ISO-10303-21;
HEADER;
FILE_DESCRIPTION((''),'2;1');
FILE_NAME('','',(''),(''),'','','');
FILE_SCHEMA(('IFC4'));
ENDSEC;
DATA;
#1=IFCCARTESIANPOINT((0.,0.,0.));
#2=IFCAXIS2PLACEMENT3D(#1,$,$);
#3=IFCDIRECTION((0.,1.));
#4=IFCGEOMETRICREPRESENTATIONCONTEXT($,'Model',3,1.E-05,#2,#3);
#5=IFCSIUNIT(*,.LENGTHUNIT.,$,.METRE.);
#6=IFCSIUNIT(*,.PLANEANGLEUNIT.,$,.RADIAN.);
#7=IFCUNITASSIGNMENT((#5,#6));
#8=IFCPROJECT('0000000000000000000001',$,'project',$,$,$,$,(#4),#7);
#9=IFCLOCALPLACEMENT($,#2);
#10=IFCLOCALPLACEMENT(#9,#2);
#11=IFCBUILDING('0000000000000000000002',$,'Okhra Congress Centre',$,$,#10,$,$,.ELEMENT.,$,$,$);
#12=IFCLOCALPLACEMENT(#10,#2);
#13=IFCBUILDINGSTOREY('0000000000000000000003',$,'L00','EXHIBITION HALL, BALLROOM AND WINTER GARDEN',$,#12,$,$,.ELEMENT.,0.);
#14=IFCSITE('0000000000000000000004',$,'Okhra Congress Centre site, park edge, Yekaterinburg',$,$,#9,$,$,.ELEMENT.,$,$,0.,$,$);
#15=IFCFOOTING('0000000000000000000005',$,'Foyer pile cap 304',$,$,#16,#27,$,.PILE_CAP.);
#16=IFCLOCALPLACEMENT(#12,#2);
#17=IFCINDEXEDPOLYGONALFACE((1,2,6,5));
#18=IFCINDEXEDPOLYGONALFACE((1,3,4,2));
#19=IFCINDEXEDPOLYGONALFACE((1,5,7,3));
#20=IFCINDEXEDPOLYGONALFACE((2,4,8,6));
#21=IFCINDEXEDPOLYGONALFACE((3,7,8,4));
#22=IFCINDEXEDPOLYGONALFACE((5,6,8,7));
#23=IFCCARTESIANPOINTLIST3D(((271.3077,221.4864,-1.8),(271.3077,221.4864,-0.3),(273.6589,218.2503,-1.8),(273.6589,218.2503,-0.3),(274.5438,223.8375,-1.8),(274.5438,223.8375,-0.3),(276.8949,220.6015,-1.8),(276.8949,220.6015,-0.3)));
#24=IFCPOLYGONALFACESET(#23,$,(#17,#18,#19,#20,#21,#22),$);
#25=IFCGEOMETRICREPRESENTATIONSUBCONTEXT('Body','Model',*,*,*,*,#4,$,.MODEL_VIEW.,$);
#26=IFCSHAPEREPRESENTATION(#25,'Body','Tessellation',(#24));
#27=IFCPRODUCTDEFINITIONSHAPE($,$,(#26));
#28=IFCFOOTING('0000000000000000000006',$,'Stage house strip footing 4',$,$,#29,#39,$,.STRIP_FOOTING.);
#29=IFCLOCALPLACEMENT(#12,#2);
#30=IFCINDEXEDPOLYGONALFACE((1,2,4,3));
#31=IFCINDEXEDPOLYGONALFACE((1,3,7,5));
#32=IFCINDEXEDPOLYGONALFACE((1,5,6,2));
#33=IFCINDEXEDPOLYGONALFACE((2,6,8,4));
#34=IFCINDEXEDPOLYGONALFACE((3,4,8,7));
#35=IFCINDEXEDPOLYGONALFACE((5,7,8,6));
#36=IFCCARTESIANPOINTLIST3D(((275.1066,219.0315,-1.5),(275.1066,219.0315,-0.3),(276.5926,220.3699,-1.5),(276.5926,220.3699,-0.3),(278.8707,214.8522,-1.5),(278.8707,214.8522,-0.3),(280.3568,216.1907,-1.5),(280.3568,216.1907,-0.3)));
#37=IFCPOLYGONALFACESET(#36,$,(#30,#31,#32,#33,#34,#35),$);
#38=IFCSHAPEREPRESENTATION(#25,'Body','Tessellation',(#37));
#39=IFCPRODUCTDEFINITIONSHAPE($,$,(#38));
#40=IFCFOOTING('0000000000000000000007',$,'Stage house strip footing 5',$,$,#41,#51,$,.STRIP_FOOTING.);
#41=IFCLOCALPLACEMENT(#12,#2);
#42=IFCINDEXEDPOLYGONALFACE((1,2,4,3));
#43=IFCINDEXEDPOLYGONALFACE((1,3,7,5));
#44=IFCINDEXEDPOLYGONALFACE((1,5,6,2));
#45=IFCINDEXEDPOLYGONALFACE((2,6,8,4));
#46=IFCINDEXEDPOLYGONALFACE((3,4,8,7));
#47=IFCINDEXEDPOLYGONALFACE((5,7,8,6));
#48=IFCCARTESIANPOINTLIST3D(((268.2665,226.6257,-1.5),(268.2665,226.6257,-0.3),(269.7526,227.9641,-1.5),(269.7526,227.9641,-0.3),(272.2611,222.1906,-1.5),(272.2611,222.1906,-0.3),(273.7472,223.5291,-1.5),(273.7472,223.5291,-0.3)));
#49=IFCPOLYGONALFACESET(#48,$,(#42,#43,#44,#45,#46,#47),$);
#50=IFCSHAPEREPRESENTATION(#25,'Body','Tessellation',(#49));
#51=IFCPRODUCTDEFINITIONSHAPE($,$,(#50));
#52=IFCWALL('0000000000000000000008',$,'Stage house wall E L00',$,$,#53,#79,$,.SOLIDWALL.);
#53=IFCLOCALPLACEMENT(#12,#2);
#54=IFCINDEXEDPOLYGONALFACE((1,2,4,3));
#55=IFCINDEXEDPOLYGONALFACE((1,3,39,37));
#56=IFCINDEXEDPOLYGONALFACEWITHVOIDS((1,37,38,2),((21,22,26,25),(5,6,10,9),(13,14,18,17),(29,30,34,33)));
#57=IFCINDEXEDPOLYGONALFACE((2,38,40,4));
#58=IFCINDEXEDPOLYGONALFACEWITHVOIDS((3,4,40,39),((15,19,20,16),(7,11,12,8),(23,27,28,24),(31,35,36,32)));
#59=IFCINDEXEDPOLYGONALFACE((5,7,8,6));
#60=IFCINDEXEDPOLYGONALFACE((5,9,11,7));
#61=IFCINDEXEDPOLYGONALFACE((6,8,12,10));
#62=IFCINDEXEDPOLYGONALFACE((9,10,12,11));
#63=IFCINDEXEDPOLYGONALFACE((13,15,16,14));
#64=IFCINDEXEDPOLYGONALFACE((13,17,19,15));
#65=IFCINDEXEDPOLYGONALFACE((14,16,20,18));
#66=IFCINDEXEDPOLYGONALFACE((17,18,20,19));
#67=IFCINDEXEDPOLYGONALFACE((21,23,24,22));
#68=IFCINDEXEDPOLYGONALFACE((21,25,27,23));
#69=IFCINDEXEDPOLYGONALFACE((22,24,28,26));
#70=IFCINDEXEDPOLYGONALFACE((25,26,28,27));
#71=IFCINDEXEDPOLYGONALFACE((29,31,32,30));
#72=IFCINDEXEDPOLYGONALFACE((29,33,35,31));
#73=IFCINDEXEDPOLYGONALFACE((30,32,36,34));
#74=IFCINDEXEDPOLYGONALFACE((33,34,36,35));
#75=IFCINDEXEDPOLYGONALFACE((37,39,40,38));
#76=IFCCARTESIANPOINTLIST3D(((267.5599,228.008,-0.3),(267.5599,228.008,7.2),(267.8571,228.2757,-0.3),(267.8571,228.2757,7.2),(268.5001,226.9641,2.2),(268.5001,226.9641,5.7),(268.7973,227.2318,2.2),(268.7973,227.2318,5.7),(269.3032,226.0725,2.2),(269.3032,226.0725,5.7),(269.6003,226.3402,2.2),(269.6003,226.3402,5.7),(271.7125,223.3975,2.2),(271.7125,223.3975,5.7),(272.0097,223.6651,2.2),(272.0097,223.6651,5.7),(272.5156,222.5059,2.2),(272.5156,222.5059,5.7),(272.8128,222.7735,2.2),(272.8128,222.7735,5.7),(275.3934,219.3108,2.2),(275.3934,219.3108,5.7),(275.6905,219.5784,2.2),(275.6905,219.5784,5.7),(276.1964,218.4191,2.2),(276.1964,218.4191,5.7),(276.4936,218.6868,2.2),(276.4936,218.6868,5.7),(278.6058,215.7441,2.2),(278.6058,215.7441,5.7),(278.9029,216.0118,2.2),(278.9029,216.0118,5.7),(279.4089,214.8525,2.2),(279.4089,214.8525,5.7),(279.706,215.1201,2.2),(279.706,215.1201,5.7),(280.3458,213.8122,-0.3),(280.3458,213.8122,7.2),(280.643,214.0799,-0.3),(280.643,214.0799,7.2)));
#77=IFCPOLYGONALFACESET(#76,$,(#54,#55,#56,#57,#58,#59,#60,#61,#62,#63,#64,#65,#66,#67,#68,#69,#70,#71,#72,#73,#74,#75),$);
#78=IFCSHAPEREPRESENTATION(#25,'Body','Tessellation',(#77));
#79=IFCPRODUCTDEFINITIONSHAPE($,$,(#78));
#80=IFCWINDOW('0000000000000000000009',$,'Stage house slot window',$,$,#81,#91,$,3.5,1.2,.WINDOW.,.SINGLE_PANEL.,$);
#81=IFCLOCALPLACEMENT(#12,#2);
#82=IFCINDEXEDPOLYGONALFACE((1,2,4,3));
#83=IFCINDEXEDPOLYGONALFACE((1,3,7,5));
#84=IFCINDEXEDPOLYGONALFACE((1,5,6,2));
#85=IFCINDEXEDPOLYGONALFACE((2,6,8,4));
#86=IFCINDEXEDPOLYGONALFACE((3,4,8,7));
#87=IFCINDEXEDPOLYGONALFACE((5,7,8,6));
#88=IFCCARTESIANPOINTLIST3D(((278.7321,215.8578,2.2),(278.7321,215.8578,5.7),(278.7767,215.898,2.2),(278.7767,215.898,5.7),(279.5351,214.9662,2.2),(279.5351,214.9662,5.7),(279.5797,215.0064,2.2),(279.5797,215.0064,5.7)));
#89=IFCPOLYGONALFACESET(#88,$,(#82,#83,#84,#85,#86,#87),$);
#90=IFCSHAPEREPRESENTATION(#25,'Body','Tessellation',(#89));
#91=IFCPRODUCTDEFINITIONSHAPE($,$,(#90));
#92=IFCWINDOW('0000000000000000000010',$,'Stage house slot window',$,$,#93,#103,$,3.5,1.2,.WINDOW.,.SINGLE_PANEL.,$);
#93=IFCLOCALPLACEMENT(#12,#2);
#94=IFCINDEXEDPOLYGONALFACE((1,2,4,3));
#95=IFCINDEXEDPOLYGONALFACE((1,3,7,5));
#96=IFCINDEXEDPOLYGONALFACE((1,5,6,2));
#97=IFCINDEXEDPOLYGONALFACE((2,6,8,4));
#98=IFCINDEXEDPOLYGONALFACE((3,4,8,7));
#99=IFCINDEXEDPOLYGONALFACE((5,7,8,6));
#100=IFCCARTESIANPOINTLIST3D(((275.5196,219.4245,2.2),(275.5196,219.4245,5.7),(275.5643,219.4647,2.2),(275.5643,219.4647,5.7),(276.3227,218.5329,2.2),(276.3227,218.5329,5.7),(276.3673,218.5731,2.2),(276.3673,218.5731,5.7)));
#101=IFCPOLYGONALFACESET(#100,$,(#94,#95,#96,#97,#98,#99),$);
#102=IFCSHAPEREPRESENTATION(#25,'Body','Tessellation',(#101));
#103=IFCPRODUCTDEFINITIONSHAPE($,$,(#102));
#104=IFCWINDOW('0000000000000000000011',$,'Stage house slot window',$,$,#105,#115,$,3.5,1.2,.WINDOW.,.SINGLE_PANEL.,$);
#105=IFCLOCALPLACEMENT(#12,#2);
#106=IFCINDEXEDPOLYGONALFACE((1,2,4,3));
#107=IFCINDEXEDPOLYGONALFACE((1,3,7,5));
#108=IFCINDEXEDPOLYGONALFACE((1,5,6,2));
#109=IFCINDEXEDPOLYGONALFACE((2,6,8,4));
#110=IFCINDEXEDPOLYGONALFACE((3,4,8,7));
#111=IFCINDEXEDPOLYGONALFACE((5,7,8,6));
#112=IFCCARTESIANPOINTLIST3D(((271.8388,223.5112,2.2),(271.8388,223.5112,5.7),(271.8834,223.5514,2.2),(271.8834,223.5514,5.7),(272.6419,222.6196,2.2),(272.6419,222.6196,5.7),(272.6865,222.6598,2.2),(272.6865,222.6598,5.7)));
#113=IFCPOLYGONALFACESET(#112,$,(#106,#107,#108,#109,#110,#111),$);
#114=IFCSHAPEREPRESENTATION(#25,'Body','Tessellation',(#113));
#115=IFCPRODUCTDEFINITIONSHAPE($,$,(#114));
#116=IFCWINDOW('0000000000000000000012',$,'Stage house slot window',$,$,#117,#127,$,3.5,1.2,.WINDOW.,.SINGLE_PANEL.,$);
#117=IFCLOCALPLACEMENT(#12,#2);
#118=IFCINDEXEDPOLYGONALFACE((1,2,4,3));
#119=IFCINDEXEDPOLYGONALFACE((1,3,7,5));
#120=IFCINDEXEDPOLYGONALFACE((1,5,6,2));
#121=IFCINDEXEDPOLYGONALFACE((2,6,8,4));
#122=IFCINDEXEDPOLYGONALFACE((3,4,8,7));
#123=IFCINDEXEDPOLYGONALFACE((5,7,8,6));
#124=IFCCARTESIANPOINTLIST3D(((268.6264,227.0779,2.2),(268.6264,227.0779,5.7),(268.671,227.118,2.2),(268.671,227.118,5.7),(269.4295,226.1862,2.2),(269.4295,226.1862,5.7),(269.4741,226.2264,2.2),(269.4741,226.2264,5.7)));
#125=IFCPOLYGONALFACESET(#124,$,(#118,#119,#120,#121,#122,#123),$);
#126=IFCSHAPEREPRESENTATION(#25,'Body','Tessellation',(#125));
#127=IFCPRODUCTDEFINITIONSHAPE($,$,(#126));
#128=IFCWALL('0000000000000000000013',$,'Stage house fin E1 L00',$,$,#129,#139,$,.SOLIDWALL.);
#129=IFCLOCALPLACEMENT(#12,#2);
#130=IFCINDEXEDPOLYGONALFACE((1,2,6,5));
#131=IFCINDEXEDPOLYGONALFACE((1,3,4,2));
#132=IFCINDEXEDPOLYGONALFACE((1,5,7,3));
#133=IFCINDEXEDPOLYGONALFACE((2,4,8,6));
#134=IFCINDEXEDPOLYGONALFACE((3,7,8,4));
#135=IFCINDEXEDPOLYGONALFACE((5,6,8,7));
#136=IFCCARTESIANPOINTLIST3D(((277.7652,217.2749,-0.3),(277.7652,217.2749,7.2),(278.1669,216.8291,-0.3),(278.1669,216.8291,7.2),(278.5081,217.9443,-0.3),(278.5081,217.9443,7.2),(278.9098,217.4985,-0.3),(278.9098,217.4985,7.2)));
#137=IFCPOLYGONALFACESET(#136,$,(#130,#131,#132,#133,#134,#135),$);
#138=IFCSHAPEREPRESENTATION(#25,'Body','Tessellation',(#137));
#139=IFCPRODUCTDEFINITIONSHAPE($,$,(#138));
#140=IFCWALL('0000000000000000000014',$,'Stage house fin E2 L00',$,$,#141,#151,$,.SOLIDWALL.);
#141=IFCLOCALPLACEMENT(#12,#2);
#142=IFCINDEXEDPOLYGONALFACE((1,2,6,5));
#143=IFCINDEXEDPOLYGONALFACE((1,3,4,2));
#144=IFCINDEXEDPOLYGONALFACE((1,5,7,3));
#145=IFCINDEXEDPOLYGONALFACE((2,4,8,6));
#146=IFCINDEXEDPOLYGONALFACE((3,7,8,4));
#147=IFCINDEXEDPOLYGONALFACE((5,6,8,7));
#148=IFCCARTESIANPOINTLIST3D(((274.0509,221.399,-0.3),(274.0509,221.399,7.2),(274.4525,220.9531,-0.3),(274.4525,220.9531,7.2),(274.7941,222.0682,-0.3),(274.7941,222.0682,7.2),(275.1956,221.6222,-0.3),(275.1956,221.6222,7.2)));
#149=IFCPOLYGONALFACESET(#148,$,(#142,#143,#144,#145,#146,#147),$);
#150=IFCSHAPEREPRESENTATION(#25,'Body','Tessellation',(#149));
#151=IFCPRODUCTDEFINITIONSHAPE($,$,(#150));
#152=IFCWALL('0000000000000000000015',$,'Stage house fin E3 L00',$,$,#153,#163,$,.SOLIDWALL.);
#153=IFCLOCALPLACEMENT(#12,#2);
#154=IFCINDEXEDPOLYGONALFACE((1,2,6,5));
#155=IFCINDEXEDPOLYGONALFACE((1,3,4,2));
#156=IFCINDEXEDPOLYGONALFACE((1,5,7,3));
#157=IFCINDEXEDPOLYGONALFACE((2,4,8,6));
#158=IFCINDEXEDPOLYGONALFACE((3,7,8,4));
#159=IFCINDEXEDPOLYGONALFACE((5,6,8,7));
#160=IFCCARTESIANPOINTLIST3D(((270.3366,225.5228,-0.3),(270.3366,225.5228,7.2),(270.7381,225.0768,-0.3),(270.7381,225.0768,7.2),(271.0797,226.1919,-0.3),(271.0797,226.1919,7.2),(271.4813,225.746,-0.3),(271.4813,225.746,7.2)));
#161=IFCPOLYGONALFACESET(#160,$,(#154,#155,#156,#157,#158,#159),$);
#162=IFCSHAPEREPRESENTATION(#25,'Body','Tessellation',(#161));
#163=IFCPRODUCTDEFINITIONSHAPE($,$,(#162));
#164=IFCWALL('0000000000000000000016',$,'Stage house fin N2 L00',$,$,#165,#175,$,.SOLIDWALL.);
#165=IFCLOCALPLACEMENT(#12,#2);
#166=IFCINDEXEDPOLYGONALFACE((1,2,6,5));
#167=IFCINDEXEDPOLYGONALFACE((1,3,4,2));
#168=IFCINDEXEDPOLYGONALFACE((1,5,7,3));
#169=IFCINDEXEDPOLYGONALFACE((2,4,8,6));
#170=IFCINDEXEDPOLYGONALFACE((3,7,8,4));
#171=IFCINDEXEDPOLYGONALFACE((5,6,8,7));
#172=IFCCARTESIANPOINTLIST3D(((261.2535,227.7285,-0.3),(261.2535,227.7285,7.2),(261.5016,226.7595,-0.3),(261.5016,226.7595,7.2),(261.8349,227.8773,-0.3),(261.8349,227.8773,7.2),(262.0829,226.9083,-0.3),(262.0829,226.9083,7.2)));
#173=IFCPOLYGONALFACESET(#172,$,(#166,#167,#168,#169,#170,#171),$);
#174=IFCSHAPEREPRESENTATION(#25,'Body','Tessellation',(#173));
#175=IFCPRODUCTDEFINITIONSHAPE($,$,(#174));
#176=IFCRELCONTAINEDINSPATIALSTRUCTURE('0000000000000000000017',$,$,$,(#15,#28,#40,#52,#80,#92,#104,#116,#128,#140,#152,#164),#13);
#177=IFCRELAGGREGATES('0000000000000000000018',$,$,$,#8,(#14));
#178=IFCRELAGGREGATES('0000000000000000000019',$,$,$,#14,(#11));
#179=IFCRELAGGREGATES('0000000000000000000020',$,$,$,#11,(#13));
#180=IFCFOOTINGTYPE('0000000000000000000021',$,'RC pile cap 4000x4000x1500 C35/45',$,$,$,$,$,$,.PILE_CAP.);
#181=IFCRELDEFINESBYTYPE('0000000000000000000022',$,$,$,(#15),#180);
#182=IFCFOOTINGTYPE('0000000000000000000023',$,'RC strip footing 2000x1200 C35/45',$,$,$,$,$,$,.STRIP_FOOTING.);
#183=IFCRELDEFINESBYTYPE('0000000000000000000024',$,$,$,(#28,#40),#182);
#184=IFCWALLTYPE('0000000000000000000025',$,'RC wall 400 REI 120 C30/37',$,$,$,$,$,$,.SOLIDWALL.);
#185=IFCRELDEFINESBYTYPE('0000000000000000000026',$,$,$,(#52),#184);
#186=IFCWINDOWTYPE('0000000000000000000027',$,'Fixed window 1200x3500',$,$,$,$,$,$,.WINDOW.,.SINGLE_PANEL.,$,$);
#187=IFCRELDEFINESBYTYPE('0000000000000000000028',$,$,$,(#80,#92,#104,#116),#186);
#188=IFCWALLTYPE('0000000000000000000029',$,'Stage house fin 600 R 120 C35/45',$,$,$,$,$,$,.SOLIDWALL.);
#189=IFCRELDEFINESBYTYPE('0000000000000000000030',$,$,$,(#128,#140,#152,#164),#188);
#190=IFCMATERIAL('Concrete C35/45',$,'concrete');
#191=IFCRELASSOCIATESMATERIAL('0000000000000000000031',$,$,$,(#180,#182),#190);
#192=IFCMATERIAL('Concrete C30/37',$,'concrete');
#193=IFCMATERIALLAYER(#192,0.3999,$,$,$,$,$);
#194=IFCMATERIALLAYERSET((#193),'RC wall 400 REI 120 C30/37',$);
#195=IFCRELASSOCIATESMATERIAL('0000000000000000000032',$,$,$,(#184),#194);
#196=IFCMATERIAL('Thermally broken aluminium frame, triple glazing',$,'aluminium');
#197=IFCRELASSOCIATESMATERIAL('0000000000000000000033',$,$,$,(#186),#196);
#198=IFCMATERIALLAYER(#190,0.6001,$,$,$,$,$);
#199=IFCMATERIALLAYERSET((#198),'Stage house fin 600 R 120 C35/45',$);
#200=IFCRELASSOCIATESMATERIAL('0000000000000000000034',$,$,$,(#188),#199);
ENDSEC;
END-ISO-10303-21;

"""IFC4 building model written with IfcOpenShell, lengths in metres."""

from ifc_helpers import new_model, si_unit, direction, frame, frame_2d, origin, origin_2d, place, context, subcontext, project, spatial, rectangle, extrude, material, layer, layer_set, type_object, element, fill, save


model = new_model("IFC4")

# Units and contexts
model_context = context("Model", 3, precision=1e-05, world=origin(), true_north=direction((0.0, 1.0)))
body_context = subcontext(model_context, "Body", "Model", "MODEL_VIEW")
ifc_project = project(units=[si_unit("LENGTHUNIT", "METRE"), si_unit("PLANEANGLEUNIT", "RADIAN")], contexts=[model_context])

# Site, building, storey
site_placement = place(None, origin())
site = spatial("IfcSite", under=ifc_project, at=site_placement, Name="Okhra Congress Centre site, park edge, Yekaterinburg", CompositionType="ELEMENT", RefElevation=0.0)
building_placement = place(site_placement, origin())
building = spatial("IfcBuilding", under=site, at=building_placement, Name="Okhra Congress Centre", CompositionType="ELEMENT")
storey_placement = place(building_placement, origin())
storey = spatial("IfcBuildingStorey", under=building, at=storey_placement, Name="L00", Description="EXHIBITION HALL, BALLROOM AND WINTER GARDEN", CompositionType="ELEMENT", Elevation=0.0)

# Shared definitions
ifc_material_1 = material(Name="Concrete C30/37", Category="concrete")

# Footings
ifc_material_2 = material(Name="Concrete C35/45", Category="concrete")
footing_type_1 = type_object("IfcFootingType", Name="RC pile cap 4000x4000x1500 C35/45", PredefinedType="PILE_CAP", material=ifc_material_2)
for number, where, z_axis, x_axis, name in (
    (1, (274.1013, 221.0439, -1.8), (0.0, 0.0, 1.0), (0.809017, 0.587785, 0.0), "Foyer pile cap 304"),
):
    element("IfcFooting", number, at=place(storey_placement, frame(where, z_axis=z_axis, x_axis=x_axis)), inside=storey, type_object=footing_type_1, Name=name, PredefinedType="PILE_CAP", context=body_context, shape_type="SweptSolid", body=[
        extrude(rectangle(XDim=4.0, YDim=4.0, at=origin_2d()), origin(), (0.0, 0.0, 1.0), 1.5),
    ])
footing_type_2 = type_object("IfcFootingType", Name="RC strip footing 2000x1200 C35/45", PredefinedType="STRIP_FOOTING", material=ifc_material_2)
footing_1_placement = place(storey_placement, frame((277.7317, 217.6111, -1.5), z_axis=(0.0, 0.0, 1.0), x_axis=(0.669247, -0.74304, 0.0)))
element("IfcFooting", 2, at=footing_1_placement, inside=storey, type_object=footing_type_2, Name="Stage house strip footing 4", PredefinedType="STRIP_FOOTING", context=body_context, shape_type="SweptSolid", body=[
    extrude(rectangle(XDim=5.6245, YDim=2.0, at=origin_2d()), origin(), (0.0, 0.0, 1.0), 1.2),
])
footing_2_placement = place(storey_placement, frame((271.0068, 225.0774, -1.5), z_axis=(0.0, 0.0, 1.0), x_axis=(0.669247, -0.74304, 0.0)))
element("IfcFooting", 3, at=footing_2_placement, inside=storey, type_object=footing_type_2, Name="Stage house strip footing 5", PredefinedType="STRIP_FOOTING", context=body_context, shape_type="SweptSolid", body=[
    extrude(rectangle(XDim=5.9688, YDim=2.0, at=origin_2d()), origin(), (0.0, 0.0, 1.0), 1.2),
])

# Wall, openings, windows
ifc_layer_1 = layer(ifc_material_1, 0.3999)
ifc_layer_set_1 = layer_set([ifc_layer_1], Name="RC wall 400 REI 120 C30/37")
wall_type_1 = type_object("IfcWallType", Name="RC wall 400 REI 120 C30/37", PredefinedType="SOLIDWALL", material=ifc_layer_set_1)
wall_placement = place(storey_placement, frame((280.4944, 213.946, -0.3), z_axis=(0.0, 0.0, 1.0), x_axis=(-0.669244, 0.743042, 0.0)))
wall = element("IfcWall", 4, at=wall_placement, inside=storey, type_object=wall_type_1, Name="Stage house wall E L00", PredefinedType="SOLIDWALL", context=body_context, shape_type="SweptSolid", body=[
    extrude(rectangle(XDim=19.105, YDim=0.3999, at=frame_2d((9.5525, 0.0))), origin(), (0.0, 0.0, 1.0), 7.5),
])
opening_1_placement = place(wall_placement, frame((1.3999, 0.0, 2.5)))
opening_1 = element("IfcOpeningElement", 5, at=opening_1_placement, cuts=wall, PredefinedType="OPENING", context=body_context, shape_type="SweptSolid", body=[
    extrude(rectangle(XDim=1.2, YDim=3.5, at=frame_2d((0.6001, 1.75))), frame((0.0, 0.21, 0.0), z_axis=(0.0, -1.0, 0.0), x_axis=(1.0, 0.0, 0.0)), (0.0, 0.0, 1.0), 0.4199),
])
opening_2_placement = place(wall_placement, frame((6.2, 0.0, 2.5)))
opening_2 = element("IfcOpeningElement", 6, at=opening_2_placement, cuts=wall, PredefinedType="OPENING", context=body_context, shape_type="SweptSolid", body=[
    extrude(rectangle(XDim=1.2, YDim=3.5, at=frame_2d((0.6001, 1.75))), frame((0.0, 0.21, 0.0), z_axis=(0.0, -1.0, 0.0), x_axis=(1.0, 0.0, 0.0)), (0.0, 0.0, 1.0), 0.4199),
])
opening_3_placement = place(wall_placement, frame((11.7, 0.0, 2.5)))
opening_3 = element("IfcOpeningElement", 7, at=opening_3_placement, cuts=wall, PredefinedType="OPENING", context=body_context, shape_type="SweptSolid", body=[
    extrude(rectangle(XDim=1.2, YDim=3.5, at=frame_2d((0.6001, 1.75))), frame((0.0, 0.21, 0.0), z_axis=(0.0, -1.0, 0.0), x_axis=(1.0, 0.0, 0.0)), (0.0, 0.0, 1.0), 0.4199),
])
opening_4_placement = place(wall_placement, frame((16.5, 0.0, 2.5)))
opening_4 = element("IfcOpeningElement", 8, at=opening_4_placement, cuts=wall, PredefinedType="OPENING", context=body_context, shape_type="SweptSolid", body=[
    extrude(rectangle(XDim=1.2, YDim=3.5, at=frame_2d((0.6001, 1.75))), frame((0.0, 0.21, 0.0), z_axis=(0.0, -1.0, 0.0), x_axis=(1.0, 0.0, 0.0)), (0.0, 0.0, 1.0), 0.4199),
])
ifc_material_3 = material(Name="Thermally broken aluminium frame, triple glazing", Category="aluminium")
window_type = type_object("IfcWindowType", Name="Fixed window 1200x3500", PartitioningType="SINGLE_PANEL", PredefinedType="WINDOW", material=ifc_material_3)
window_1_placement = place(opening_1_placement, origin())
window_1 = element("IfcWindow", 9, at=window_1_placement, inside=storey, type_object=window_type, Name="Stage house slot window", OverallHeight=3.5, OverallWidth=1.2, PartitioningType="SINGLE_PANEL", PredefinedType="WINDOW", context=body_context, shape_type="SweptSolid", body=[
    extrude(rectangle(XDim=1.2, YDim=3.5, at=frame_2d((0.6001, 1.75))), frame((0.0, 0.03, 0.0), z_axis=(0.0, -1.0, 0.0), x_axis=(1.0, 0.0, 0.0)), (0.0, 0.0, 1.0), 0.0601),
])
fill(opening_1, window_1)
window_2_placement = place(opening_2_placement, origin())
window_2 = element("IfcWindow", 10, at=window_2_placement, inside=storey, type_object=window_type, Name="Stage house slot window", OverallHeight=3.5, OverallWidth=1.2, PartitioningType="SINGLE_PANEL", PredefinedType="WINDOW", context=body_context, shape_type="SweptSolid", body=[
    extrude(rectangle(XDim=1.2, YDim=3.5, at=frame_2d((0.6001, 1.75))), frame((0.0, 0.03, 0.0), z_axis=(0.0, -1.0, 0.0), x_axis=(1.0, 0.0, 0.0)), (0.0, 0.0, 1.0), 0.0601),
])
fill(opening_2, window_2)
window_3_placement = place(opening_3_placement, origin())
window_3 = element("IfcWindow", 11, at=window_3_placement, inside=storey, type_object=window_type, Name="Stage house slot window", OverallHeight=3.5, OverallWidth=1.2, PartitioningType="SINGLE_PANEL", PredefinedType="WINDOW", context=body_context, shape_type="SweptSolid", body=[
    extrude(rectangle(XDim=1.2, YDim=3.5, at=frame_2d((0.6001, 1.75))), frame((0.0, 0.03, 0.0), z_axis=(0.0, -1.0, 0.0), x_axis=(1.0, 0.0, 0.0)), (0.0, 0.0, 1.0), 0.0601),
])
fill(opening_3, window_3)
window_4_placement = place(opening_4_placement, origin())
window_4 = element("IfcWindow", 12, at=window_4_placement, inside=storey, type_object=window_type, Name="Stage house slot window", OverallHeight=3.5, OverallWidth=1.2, PartitioningType="SINGLE_PANEL", PredefinedType="WINDOW", context=body_context, shape_type="SweptSolid", body=[
    extrude(rectangle(XDim=1.2, YDim=3.5, at=frame_2d((0.6001, 1.75))), frame((0.0, 0.03, 0.0), z_axis=(0.0, -1.0, 0.0), x_axis=(1.0, 0.0, 0.0)), (0.0, 0.0, 1.0), 0.0601),
])
fill(opening_4, window_4)

# Walls
ifc_layer_2 = layer(ifc_material_2, 0.6001)
ifc_layer_set_2 = layer_set([ifc_layer_2], Name="Stage house fin 600 R 120 C35/45")
wall_type_2 = type_object("IfcWallType", Name="Stage house fin 600 R 120 C35/45", PredefinedType="SOLIDWALL", material=ifc_layer_set_2)
for number, where, z_axis, x_axis, name in (
    (13, (277.9661, 217.052, -0.3), (0.0, 0.0, 1.0), (0.742893, 0.66941, 0.0), "Stage house fin E1 L00"),
    (14, (274.2517, 221.176, -0.3), (0.0, 0.0, 1.0), (0.743124, 0.669154, 0.0), "Stage house fin E2 L00"),
    (15, (270.5374, 225.2998, -0.3), (0.0, 0.0, 1.0), (0.743124, 0.669154, 0.0), "Stage house fin E3 L00"),
):
    element("IfcWall", number, at=place(storey_placement, frame(where, z_axis=z_axis, x_axis=x_axis)), inside=storey, type_object=wall_type_2, Name=name, PredefinedType="SOLIDWALL", context=body_context, shape_type="SweptSolid", body=[
        extrude(rectangle(XDim=1.0, YDim=0.6001, at=frame_2d((0.5, 0.0))), origin(), (0.0, 0.0, 1.0), 7.5),
    ])
for number, where, z_axis, x_axis, name in (
    (16, (261.7922, 226.834, -0.3), (0.0, 0.0, 1.0), (-0.247988, 0.968763, 0.0), "Stage house fin N2 L00"),
):
    element("IfcWall", number, at=place(storey_placement, frame(where, z_axis=z_axis, x_axis=x_axis)), inside=storey, type_object=wall_type_2, Name=name, PredefinedType="SOLIDWALL", context=body_context, shape_type="SweptSolid", body=[
        extrude(rectangle(XDim=1.0002, YDim=0.6001, at=frame_2d((0.5, 0.0))), origin(), (0.0, 0.0, 1.0), 7.5),
    ])

save(model, "model.ifc")
